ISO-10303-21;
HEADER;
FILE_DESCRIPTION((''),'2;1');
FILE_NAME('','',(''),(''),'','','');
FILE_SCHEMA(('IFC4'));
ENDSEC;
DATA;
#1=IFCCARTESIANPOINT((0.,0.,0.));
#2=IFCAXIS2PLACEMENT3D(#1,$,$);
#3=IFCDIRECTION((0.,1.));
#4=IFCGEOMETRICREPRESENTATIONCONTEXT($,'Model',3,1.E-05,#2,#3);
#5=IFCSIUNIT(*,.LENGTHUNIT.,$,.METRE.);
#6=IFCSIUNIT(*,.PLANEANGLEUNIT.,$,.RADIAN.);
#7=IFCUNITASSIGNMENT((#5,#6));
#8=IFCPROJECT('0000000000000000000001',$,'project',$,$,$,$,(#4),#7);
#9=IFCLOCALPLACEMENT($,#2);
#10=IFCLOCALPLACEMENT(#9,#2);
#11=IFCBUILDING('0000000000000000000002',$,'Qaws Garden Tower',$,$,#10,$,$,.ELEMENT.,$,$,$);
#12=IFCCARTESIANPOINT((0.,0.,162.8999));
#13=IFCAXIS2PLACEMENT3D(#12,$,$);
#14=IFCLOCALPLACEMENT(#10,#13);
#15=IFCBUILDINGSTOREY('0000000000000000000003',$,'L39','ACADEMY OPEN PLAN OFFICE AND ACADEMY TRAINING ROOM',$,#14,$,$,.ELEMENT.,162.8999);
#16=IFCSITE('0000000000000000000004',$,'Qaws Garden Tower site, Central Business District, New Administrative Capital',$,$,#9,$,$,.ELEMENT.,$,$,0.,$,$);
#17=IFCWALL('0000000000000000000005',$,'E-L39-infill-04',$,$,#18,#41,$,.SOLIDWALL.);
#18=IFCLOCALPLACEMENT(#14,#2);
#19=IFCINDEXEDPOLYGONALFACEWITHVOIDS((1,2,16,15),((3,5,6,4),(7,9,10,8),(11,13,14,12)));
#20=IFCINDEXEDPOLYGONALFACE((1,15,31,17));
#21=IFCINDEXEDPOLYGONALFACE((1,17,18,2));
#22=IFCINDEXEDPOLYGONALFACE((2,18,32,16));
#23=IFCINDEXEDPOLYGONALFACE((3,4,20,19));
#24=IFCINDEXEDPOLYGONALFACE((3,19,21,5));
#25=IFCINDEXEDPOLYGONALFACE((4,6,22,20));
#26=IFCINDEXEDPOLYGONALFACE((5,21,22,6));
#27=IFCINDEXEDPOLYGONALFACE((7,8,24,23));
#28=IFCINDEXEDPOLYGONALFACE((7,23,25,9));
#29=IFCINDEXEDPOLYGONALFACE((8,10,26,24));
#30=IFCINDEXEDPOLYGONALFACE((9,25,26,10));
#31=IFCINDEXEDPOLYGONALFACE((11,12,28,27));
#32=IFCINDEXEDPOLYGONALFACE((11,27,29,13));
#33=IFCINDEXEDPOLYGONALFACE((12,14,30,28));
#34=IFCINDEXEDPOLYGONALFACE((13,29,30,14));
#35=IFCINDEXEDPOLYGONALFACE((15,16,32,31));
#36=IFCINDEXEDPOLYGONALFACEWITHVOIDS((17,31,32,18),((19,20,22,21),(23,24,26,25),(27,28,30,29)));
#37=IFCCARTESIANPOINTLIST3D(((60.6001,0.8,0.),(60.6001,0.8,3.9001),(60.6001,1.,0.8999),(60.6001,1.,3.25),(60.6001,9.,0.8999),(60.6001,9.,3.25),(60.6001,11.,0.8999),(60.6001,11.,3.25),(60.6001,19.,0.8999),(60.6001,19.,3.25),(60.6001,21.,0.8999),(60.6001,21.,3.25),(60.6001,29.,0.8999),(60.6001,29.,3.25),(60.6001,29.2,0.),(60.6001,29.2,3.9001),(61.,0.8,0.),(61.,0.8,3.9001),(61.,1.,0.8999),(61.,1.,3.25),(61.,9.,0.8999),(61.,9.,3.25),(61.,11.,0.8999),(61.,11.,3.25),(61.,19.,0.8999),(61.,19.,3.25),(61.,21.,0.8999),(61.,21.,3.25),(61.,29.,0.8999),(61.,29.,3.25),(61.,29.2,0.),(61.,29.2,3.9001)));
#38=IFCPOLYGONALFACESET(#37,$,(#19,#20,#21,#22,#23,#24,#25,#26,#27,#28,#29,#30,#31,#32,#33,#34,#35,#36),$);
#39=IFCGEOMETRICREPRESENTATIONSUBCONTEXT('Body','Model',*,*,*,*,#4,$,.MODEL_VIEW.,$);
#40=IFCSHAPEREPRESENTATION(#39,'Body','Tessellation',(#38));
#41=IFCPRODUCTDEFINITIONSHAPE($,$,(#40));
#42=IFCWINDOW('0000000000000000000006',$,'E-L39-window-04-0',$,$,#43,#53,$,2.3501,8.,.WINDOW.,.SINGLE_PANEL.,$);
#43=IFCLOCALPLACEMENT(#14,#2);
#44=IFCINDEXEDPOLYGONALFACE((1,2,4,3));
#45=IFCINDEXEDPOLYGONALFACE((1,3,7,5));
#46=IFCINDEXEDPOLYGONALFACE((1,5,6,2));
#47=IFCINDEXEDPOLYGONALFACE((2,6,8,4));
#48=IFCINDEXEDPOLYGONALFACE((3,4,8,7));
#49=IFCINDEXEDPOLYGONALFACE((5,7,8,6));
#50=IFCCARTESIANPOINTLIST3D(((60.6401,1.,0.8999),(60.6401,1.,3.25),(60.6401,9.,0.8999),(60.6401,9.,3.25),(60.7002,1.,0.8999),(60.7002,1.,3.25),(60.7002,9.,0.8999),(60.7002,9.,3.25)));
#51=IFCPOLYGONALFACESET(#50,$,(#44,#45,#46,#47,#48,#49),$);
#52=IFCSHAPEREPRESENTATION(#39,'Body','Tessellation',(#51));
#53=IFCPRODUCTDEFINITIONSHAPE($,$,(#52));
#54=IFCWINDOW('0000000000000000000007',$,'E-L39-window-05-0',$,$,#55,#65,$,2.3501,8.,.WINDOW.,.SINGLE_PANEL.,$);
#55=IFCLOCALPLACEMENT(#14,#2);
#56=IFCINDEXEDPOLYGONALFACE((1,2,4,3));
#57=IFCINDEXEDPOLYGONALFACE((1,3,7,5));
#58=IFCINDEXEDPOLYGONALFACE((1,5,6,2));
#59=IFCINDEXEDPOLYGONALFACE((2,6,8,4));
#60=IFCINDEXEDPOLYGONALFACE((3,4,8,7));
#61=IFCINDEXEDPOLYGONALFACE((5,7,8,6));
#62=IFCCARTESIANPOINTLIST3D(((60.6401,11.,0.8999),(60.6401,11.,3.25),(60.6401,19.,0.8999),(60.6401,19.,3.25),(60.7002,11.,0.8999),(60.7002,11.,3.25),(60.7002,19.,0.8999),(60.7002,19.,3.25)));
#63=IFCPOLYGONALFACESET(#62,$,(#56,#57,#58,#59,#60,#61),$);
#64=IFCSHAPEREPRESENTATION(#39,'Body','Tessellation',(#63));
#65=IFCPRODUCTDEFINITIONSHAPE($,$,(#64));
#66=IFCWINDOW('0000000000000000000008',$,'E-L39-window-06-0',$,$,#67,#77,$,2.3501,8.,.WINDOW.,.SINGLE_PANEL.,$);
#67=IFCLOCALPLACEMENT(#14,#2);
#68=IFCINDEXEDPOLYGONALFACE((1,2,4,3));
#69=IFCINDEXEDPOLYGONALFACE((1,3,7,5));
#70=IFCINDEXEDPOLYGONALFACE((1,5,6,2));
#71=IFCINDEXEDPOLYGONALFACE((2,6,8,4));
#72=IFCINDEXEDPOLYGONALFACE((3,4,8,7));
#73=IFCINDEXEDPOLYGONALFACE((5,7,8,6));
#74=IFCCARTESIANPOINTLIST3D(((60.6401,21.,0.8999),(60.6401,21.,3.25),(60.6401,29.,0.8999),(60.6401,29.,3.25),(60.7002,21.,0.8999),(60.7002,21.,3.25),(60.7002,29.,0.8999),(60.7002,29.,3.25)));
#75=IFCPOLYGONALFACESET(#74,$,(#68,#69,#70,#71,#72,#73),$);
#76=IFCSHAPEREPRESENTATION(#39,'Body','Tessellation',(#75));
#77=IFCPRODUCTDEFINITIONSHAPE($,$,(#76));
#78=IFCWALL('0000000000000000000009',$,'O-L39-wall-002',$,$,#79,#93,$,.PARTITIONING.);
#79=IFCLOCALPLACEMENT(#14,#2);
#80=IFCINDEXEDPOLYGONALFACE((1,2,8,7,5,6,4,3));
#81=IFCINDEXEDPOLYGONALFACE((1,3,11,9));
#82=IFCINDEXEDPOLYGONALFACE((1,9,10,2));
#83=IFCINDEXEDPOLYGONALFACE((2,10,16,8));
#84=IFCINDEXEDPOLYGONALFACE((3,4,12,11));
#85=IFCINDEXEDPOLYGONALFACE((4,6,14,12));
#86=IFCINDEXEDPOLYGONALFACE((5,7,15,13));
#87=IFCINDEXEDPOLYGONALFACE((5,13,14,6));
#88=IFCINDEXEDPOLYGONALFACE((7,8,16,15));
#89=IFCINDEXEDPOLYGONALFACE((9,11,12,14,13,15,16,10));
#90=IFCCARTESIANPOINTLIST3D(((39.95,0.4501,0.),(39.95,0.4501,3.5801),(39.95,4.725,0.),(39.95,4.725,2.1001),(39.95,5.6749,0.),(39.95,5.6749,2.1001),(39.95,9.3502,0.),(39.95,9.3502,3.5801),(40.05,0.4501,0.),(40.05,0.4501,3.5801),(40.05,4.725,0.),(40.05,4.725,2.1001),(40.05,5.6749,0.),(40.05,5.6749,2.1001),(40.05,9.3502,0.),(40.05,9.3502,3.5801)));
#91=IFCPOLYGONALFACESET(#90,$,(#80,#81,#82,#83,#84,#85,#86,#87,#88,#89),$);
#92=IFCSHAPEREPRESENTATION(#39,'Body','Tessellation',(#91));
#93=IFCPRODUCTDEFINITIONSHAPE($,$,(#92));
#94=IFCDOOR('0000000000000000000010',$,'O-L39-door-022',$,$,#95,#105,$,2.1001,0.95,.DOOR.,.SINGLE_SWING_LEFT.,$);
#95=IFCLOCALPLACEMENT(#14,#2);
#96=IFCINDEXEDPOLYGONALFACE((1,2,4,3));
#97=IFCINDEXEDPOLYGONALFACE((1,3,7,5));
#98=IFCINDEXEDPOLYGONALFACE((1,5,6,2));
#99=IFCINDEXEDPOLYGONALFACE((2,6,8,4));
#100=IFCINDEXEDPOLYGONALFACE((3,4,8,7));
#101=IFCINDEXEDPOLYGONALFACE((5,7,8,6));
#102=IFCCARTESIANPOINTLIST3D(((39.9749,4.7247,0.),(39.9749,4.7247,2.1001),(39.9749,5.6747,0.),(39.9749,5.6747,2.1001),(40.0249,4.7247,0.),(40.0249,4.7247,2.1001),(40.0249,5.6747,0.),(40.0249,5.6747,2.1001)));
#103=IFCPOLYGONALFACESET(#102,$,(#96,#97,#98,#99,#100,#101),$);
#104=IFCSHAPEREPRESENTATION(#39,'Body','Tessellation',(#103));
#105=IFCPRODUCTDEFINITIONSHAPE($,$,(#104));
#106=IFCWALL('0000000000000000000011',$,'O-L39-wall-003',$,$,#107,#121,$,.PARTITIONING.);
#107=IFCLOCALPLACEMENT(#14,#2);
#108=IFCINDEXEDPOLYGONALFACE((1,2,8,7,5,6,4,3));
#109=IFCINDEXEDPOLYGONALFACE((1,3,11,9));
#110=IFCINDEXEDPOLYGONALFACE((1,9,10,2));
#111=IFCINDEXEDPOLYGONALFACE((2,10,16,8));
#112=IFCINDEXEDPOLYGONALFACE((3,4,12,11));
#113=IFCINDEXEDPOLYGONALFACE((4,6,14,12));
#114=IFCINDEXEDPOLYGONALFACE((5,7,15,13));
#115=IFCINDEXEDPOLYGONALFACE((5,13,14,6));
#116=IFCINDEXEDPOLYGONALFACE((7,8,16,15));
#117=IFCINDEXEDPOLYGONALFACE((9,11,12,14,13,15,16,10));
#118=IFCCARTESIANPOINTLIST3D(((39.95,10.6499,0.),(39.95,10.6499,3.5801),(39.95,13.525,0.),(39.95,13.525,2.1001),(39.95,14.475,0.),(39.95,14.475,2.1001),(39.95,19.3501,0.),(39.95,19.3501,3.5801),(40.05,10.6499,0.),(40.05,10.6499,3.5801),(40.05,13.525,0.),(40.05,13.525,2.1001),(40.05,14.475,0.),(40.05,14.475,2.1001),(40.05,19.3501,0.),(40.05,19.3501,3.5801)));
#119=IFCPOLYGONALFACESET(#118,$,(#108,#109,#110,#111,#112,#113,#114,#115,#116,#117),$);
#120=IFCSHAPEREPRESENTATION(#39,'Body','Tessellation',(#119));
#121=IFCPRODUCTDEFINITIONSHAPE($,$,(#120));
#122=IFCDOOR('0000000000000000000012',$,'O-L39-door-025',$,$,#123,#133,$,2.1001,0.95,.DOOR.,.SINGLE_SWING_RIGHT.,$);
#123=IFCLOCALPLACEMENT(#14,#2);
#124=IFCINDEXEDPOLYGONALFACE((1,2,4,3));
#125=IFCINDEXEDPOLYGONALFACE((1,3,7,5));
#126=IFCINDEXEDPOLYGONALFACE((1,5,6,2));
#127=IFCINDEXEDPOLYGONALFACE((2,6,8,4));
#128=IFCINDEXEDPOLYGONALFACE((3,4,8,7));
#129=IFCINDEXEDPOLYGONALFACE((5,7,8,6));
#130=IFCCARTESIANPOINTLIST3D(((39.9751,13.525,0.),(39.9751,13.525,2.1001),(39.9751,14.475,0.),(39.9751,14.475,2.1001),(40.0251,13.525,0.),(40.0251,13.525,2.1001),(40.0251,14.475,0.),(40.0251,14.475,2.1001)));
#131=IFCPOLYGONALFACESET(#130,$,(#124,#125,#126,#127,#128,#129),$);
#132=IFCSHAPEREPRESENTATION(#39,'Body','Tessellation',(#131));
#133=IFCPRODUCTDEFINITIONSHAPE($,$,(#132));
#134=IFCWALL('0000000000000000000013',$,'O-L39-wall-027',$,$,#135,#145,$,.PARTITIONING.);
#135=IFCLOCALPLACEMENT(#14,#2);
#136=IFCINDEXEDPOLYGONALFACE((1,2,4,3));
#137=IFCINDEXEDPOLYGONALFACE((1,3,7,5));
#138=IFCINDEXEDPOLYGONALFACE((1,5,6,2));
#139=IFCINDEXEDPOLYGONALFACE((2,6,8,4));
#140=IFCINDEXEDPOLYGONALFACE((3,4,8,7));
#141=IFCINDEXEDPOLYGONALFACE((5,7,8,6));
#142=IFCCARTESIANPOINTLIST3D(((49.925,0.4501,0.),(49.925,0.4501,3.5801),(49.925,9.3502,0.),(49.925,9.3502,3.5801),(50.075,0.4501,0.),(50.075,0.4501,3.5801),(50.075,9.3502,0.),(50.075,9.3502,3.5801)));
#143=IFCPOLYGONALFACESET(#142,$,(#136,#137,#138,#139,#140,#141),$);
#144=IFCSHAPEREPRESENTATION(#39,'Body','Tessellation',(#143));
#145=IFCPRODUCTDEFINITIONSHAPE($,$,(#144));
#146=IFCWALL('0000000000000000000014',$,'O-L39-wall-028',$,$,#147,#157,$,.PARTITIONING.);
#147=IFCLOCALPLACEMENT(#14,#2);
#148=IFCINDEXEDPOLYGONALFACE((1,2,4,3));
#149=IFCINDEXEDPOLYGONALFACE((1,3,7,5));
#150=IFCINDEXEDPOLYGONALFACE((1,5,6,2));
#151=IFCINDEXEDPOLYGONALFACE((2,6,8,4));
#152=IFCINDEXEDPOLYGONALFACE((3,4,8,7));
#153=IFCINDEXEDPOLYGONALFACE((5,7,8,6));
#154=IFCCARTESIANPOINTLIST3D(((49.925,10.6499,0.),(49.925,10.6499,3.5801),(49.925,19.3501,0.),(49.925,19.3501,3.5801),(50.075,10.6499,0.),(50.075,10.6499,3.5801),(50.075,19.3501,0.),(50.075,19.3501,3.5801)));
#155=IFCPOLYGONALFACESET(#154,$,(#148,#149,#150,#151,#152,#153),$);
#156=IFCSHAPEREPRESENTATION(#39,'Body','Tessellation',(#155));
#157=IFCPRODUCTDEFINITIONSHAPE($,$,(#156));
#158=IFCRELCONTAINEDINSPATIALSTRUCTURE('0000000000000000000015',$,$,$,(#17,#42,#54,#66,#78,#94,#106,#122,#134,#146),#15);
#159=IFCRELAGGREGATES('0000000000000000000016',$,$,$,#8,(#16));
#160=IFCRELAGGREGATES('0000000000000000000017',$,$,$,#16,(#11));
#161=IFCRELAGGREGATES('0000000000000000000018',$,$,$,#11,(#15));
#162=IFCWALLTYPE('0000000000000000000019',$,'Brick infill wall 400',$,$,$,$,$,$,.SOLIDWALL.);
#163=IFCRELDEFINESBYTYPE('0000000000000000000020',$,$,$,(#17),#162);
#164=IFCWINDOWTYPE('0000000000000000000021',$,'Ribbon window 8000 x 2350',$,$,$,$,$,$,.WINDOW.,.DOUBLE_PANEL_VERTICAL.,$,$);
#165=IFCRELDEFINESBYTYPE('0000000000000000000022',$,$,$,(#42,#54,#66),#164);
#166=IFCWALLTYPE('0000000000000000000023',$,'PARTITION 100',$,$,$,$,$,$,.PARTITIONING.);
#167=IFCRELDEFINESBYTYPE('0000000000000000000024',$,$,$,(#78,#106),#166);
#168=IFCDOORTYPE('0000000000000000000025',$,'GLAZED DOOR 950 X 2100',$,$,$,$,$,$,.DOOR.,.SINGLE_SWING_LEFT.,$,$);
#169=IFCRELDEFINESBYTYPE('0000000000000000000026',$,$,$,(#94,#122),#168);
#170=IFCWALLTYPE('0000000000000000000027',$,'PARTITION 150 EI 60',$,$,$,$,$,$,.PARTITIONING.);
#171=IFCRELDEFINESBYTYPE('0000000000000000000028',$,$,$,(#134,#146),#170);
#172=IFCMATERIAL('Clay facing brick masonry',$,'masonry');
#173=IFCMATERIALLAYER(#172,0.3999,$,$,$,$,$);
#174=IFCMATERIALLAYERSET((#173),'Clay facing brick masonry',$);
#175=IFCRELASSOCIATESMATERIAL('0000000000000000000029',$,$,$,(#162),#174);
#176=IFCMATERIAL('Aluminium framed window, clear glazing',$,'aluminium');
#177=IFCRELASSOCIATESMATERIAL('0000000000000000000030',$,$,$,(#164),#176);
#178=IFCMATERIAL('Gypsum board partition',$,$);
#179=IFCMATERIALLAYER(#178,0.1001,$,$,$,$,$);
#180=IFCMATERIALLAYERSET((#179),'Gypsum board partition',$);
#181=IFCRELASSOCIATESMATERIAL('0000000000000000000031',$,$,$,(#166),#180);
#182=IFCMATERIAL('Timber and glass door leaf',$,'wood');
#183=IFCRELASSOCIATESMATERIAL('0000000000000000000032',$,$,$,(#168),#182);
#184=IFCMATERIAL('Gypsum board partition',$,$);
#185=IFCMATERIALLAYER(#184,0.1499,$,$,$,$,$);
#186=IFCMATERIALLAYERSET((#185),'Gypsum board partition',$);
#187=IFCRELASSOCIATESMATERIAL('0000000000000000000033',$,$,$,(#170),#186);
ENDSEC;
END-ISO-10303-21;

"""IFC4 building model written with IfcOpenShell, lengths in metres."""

from ifc_helpers import new_model, si_unit, direction, frame, frame_2d, origin, place, context, subcontext, project, spatial, rectangle, extrude, material, layer, layer_set, type_object, element, fill, save


model = new_model("IFC4")

# Units and contexts
model_context = context("Model", 3, precision=1e-05, world=origin(), true_north=direction((0.0, 1.0)))
body_context = subcontext(model_context, "Body", "Model", "MODEL_VIEW")
ifc_project = project(units=[si_unit("LENGTHUNIT", "METRE"), si_unit("PLANEANGLEUNIT", "RADIAN")], contexts=[model_context])

# Site, building, storey
site_placement = place(None, origin())
site = spatial("IfcSite", under=ifc_project, at=site_placement, Name="Qaws Garden Tower site, Central Business District, New Administrative Capital", CompositionType="ELEMENT", RefElevation=0.0)
building_placement = place(site_placement, origin())
building = spatial("IfcBuilding", under=site, at=building_placement, Name="Qaws Garden Tower", CompositionType="ELEMENT")
storey_placement = place(building_placement, frame((0.0, 0.0, 162.8999)))
storey = spatial("IfcBuildingStorey", under=building, at=storey_placement, Name="L39", Description="ACADEMY OPEN PLAN OFFICE AND ACADEMY TRAINING ROOM", CompositionType="ELEMENT", Elevation=162.8999)

# Wall, openings, windows
ifc_material_1 = material(Name="Clay facing brick masonry", Category="masonry")
ifc_layer_1 = layer(ifc_material_1, 0.3999)
ifc_layer_set_1 = layer_set([ifc_layer_1], Name="Clay facing brick masonry")
wall_type_1 = type_object("IfcWallType", Name="Brick infill wall 400", PredefinedType="SOLIDWALL", material=ifc_layer_set_1)
wall_1_placement = place(storey_placement, frame((60.8, 0.8, 0.0), z_axis=(0.0, 0.0, 1.0), x_axis=(0.0, 1.0, 0.0)))
wall_1 = element("IfcWall", 1, at=wall_1_placement, inside=storey, type_object=wall_type_1, Name="E-L39-infill-04", PredefinedType="SOLIDWALL", context=body_context, shape_type="SweptSolid", body=[
    extrude(rectangle(XDim=28.3999, YDim=0.3999, at=frame_2d((14.2, 0.0))), origin(), (0.0, 0.0, 1.0), 3.9001),
])
opening_1_placement = place(wall_1_placement, frame((0.2, 0.0, 0.8999)))
opening_1 = element("IfcOpeningElement", 2, at=opening_1_placement, cuts=wall_1, PredefinedType="OPENING", context=body_context, shape_type="SweptSolid", body=[
    extrude(rectangle(XDim=8.0, YDim=2.3501, at=frame_2d((4.0, 1.175))), frame((0.0, 0.21, 0.0), z_axis=(0.0, -1.0, 0.0), x_axis=(1.0, 0.0, 0.0)), (0.0, 0.0, 1.0), 0.4199),
])
opening_2_placement = place(wall_1_placement, frame((10.2, 0.0, 0.8999)))
opening_2 = element("IfcOpeningElement", 3, at=opening_2_placement, cuts=wall_1, PredefinedType="OPENING", context=body_context, shape_type="SweptSolid", body=[
    extrude(rectangle(XDim=8.0, YDim=2.3501, at=frame_2d((4.0, 1.175))), frame((0.0, 0.21, 0.0), z_axis=(0.0, -1.0, 0.0), x_axis=(1.0, 0.0, 0.0)), (0.0, 0.0, 1.0), 0.4199),
])
opening_3_placement = place(wall_1_placement, frame((20.2, 0.0, 0.8999)))
opening_3 = element("IfcOpeningElement", 4, at=opening_3_placement, cuts=wall_1, PredefinedType="OPENING", context=body_context, shape_type="SweptSolid", body=[
    extrude(rectangle(XDim=8.0, YDim=2.3501, at=frame_2d((4.0, 1.175))), frame((0.0, 0.21, 0.0), z_axis=(0.0, -1.0, 0.0), x_axis=(1.0, 0.0, 0.0)), (0.0, 0.0, 1.0), 0.4199),
])
ifc_material_2 = material(Name="Aluminium framed window, clear glazing", Category="aluminium")
window_type = type_object("IfcWindowType", Name="Ribbon window 8000 x 2350", PartitioningType="DOUBLE_PANEL_VERTICAL", PredefinedType="WINDOW", material=ifc_material_2)
window_1_placement = place(opening_1_placement, origin())
window_1 = element("IfcWindow", 5, at=window_1_placement, inside=storey, type_object=window_type, Name="E-L39-window-04-0", OverallHeight=2.3501, OverallWidth=8.0, PartitioningType="SINGLE_PANEL", PredefinedType="WINDOW", context=body_context, shape_type="SweptSolid", body=[
    extrude(rectangle(XDim=8.0, YDim=2.3501, at=frame_2d((4.0, 1.175))), frame((0.0, 0.1599, 0.0), z_axis=(0.0, -1.0, 0.0), x_axis=(1.0, 0.0, 0.0)), (0.0, 0.0, 1.0), 0.0601),
])
fill(opening_1, window_1)
window_2_placement = place(opening_2_placement, origin())
window_2 = element("IfcWindow", 6, at=window_2_placement, inside=storey, type_object=window_type, Name="E-L39-window-05-0", OverallHeight=2.3501, OverallWidth=8.0, PartitioningType="SINGLE_PANEL", PredefinedType="WINDOW", context=body_context, shape_type="SweptSolid", body=[
    extrude(rectangle(XDim=8.0, YDim=2.3501, at=frame_2d((4.0, 1.175))), frame((0.0, 0.1599, 0.0), z_axis=(0.0, -1.0, 0.0), x_axis=(1.0, 0.0, 0.0)), (0.0, 0.0, 1.0), 0.0601),
])
fill(opening_2, window_2)
window_3_placement = place(opening_3_placement, origin())
window_3 = element("IfcWindow", 7, at=window_3_placement, inside=storey, type_object=window_type, Name="E-L39-window-06-0", OverallHeight=2.3501, OverallWidth=8.0, PartitioningType="SINGLE_PANEL", PredefinedType="WINDOW", context=body_context, shape_type="SweptSolid", body=[
    extrude(rectangle(XDim=8.0, YDim=2.3501, at=frame_2d((4.0, 1.175))), frame((0.0, 0.1599, 0.0), z_axis=(0.0, -1.0, 0.0), x_axis=(1.0, 0.0, 0.0)), (0.0, 0.0, 1.0), 0.0601),
])
fill(opening_3, window_3)

# Walls, openings, doors
ifc_material_3 = material(Name="Gypsum board partition")
ifc_layer_2 = layer(ifc_material_3, 0.1001)
ifc_layer_set_2 = layer_set([ifc_layer_2], Name="Gypsum board partition")
wall_type_2 = type_object("IfcWallType", Name="PARTITION 100", PredefinedType="PARTITIONING", material=ifc_layer_set_2)
wall_2_placement = place(storey_placement, frame((40.0, 0.45, 0.0), z_axis=(0.0, 0.0, 1.0), x_axis=(0.0, 1.0, 0.0)))
wall_2 = element("IfcWall", 8, at=wall_2_placement, inside=storey, type_object=wall_type_2, Name="O-L39-wall-002", PredefinedType="PARTITIONING", context=body_context, shape_type="SweptSolid", body=[
    extrude(rectangle(XDim=8.9001, YDim=0.1001, at=frame_2d((4.4502, 0.0))), origin(), (0.0, 0.0, 1.0), 3.5801),
])
opening_4_placement = place(wall_2_placement, frame((4.2749, 0.0, 0.0)))
opening_4 = element("IfcOpeningElement", 9, at=opening_4_placement, cuts=wall_2, PredefinedType="OPENING", context=body_context, shape_type="SweptSolid", body=[
    extrude(rectangle(XDim=0.95, YDim=2.1001, at=frame_2d((0.4751, 1.05))), frame((0.0, 0.0601, 0.0), z_axis=(0.0, -1.0, 0.0), x_axis=(1.0, 0.0, 0.0)), (0.0, 0.0, 1.0), 0.1201),
])
ifc_material_4 = material(Name="Timber and glass door leaf", Category="wood")
door_type = type_object("IfcDoorType", Name="GLAZED DOOR 950 X 2100", OperationType="SINGLE_SWING_LEFT", PredefinedType="DOOR", material=ifc_material_4)
door_1_placement = place(opening_4_placement, frame((0.95, 0.0, 0.0), z_axis=(0.0, 0.0, 1.0), x_axis=(-1.0, 0.0, 0.0)))
door_1 = element("IfcDoor", 10, at=door_1_placement, inside=storey, type_object=door_type, Name="O-L39-door-022", OperationType="SINGLE_SWING_LEFT", OverallHeight=2.1001, OverallWidth=0.95, PredefinedType="DOOR", context=body_context, shape_type="SweptSolid", body=[
    extrude(rectangle(XDim=0.95, YDim=2.1001, at=frame_2d((0.4751, 1.05))), frame((0.0, 0.0249, 0.0), z_axis=(0.0, -1.0, 0.0), x_axis=(1.0, 0.0, 0.0)), (0.0, 0.0, 1.0), 0.05),
])
fill(opening_4, door_1)
wall_3_placement = place(storey_placement, frame((40.0, 10.6499, 0.0), z_axis=(0.0, 0.0, 1.0), x_axis=(0.0, 1.0, 0.0)))
wall_3 = element("IfcWall", 11, at=wall_3_placement, inside=storey, type_object=wall_type_2, Name="O-L39-wall-003", PredefinedType="PARTITIONING", context=body_context, shape_type="SweptSolid", body=[
    extrude(rectangle(XDim=8.7002, YDim=0.1001, at=frame_2d((4.3501, 0.0))), origin(), (0.0, 0.0, 1.0), 3.5801),
])
opening_5_placement = place(wall_3_placement, frame((2.875, 0.0, 0.0)))
opening_5 = element("IfcOpeningElement", 12, at=opening_5_placement, cuts=wall_3, PredefinedType="OPENING", context=body_context, shape_type="SweptSolid", body=[
    extrude(rectangle(XDim=0.95, YDim=2.1001, at=frame_2d((0.4751, 1.05))), frame((0.0, 0.0601, 0.0), z_axis=(0.0, -1.0, 0.0), x_axis=(1.0, 0.0, 0.0)), (0.0, 0.0, 1.0), 0.1201),
])
door_2_placement = place(opening_5_placement, origin())
door_2 = element("IfcDoor", 13, at=door_2_placement, inside=storey, type_object=door_type, Name="O-L39-door-025", OperationType="SINGLE_SWING_RIGHT", OverallHeight=2.1001, OverallWidth=0.95, PredefinedType="DOOR", context=body_context, shape_type="SweptSolid", body=[
    extrude(rectangle(XDim=0.95, YDim=2.1001, at=frame_2d((0.4751, 1.05))), frame((0.0, 0.0249, 0.0), z_axis=(0.0, -1.0, 0.0), x_axis=(1.0, 0.0, 0.0)), (0.0, 0.0, 1.0), 0.05),
])
fill(opening_5, door_2)

# Walls
ifc_material_5 = material(Name="Gypsum board partition")
ifc_layer_3 = layer(ifc_material_5, 0.1499)
ifc_layer_set_3 = layer_set([ifc_layer_3], Name="Gypsum board partition")
wall_type_3 = type_object("IfcWallType", Name="PARTITION 150 EI 60", PredefinedType="PARTITIONING", material=ifc_layer_set_3)
wall_4_placement = place(storey_placement, frame((50.0, 0.45, 0.0), z_axis=(0.0, 0.0, 1.0), x_axis=(0.0, 1.0, 0.0)))
element("IfcWall", 14, at=wall_4_placement, inside=storey, type_object=wall_type_3, Name="O-L39-wall-027", PredefinedType="PARTITIONING", context=body_context, shape_type="SweptSolid", body=[
    extrude(rectangle(XDim=8.9001, YDim=0.1499, at=frame_2d((4.4502, 0.0))), origin(), (0.0, 0.0, 1.0), 3.5801),
])
wall_5_placement = place(storey_placement, frame((50.0, 10.6499, 0.0), z_axis=(0.0, 0.0, 1.0), x_axis=(0.0, 1.0, 0.0)))
element("IfcWall", 15, at=wall_5_placement, inside=storey, type_object=wall_type_3, Name="O-L39-wall-028", PredefinedType="PARTITIONING", context=body_context, shape_type="SweptSolid", body=[
    extrude(rectangle(XDim=8.7002, YDim=0.1499, at=frame_2d((4.3501, 0.0))), origin(), (0.0, 0.0, 1.0), 3.5801),
])

save(model, "model.ifc")
